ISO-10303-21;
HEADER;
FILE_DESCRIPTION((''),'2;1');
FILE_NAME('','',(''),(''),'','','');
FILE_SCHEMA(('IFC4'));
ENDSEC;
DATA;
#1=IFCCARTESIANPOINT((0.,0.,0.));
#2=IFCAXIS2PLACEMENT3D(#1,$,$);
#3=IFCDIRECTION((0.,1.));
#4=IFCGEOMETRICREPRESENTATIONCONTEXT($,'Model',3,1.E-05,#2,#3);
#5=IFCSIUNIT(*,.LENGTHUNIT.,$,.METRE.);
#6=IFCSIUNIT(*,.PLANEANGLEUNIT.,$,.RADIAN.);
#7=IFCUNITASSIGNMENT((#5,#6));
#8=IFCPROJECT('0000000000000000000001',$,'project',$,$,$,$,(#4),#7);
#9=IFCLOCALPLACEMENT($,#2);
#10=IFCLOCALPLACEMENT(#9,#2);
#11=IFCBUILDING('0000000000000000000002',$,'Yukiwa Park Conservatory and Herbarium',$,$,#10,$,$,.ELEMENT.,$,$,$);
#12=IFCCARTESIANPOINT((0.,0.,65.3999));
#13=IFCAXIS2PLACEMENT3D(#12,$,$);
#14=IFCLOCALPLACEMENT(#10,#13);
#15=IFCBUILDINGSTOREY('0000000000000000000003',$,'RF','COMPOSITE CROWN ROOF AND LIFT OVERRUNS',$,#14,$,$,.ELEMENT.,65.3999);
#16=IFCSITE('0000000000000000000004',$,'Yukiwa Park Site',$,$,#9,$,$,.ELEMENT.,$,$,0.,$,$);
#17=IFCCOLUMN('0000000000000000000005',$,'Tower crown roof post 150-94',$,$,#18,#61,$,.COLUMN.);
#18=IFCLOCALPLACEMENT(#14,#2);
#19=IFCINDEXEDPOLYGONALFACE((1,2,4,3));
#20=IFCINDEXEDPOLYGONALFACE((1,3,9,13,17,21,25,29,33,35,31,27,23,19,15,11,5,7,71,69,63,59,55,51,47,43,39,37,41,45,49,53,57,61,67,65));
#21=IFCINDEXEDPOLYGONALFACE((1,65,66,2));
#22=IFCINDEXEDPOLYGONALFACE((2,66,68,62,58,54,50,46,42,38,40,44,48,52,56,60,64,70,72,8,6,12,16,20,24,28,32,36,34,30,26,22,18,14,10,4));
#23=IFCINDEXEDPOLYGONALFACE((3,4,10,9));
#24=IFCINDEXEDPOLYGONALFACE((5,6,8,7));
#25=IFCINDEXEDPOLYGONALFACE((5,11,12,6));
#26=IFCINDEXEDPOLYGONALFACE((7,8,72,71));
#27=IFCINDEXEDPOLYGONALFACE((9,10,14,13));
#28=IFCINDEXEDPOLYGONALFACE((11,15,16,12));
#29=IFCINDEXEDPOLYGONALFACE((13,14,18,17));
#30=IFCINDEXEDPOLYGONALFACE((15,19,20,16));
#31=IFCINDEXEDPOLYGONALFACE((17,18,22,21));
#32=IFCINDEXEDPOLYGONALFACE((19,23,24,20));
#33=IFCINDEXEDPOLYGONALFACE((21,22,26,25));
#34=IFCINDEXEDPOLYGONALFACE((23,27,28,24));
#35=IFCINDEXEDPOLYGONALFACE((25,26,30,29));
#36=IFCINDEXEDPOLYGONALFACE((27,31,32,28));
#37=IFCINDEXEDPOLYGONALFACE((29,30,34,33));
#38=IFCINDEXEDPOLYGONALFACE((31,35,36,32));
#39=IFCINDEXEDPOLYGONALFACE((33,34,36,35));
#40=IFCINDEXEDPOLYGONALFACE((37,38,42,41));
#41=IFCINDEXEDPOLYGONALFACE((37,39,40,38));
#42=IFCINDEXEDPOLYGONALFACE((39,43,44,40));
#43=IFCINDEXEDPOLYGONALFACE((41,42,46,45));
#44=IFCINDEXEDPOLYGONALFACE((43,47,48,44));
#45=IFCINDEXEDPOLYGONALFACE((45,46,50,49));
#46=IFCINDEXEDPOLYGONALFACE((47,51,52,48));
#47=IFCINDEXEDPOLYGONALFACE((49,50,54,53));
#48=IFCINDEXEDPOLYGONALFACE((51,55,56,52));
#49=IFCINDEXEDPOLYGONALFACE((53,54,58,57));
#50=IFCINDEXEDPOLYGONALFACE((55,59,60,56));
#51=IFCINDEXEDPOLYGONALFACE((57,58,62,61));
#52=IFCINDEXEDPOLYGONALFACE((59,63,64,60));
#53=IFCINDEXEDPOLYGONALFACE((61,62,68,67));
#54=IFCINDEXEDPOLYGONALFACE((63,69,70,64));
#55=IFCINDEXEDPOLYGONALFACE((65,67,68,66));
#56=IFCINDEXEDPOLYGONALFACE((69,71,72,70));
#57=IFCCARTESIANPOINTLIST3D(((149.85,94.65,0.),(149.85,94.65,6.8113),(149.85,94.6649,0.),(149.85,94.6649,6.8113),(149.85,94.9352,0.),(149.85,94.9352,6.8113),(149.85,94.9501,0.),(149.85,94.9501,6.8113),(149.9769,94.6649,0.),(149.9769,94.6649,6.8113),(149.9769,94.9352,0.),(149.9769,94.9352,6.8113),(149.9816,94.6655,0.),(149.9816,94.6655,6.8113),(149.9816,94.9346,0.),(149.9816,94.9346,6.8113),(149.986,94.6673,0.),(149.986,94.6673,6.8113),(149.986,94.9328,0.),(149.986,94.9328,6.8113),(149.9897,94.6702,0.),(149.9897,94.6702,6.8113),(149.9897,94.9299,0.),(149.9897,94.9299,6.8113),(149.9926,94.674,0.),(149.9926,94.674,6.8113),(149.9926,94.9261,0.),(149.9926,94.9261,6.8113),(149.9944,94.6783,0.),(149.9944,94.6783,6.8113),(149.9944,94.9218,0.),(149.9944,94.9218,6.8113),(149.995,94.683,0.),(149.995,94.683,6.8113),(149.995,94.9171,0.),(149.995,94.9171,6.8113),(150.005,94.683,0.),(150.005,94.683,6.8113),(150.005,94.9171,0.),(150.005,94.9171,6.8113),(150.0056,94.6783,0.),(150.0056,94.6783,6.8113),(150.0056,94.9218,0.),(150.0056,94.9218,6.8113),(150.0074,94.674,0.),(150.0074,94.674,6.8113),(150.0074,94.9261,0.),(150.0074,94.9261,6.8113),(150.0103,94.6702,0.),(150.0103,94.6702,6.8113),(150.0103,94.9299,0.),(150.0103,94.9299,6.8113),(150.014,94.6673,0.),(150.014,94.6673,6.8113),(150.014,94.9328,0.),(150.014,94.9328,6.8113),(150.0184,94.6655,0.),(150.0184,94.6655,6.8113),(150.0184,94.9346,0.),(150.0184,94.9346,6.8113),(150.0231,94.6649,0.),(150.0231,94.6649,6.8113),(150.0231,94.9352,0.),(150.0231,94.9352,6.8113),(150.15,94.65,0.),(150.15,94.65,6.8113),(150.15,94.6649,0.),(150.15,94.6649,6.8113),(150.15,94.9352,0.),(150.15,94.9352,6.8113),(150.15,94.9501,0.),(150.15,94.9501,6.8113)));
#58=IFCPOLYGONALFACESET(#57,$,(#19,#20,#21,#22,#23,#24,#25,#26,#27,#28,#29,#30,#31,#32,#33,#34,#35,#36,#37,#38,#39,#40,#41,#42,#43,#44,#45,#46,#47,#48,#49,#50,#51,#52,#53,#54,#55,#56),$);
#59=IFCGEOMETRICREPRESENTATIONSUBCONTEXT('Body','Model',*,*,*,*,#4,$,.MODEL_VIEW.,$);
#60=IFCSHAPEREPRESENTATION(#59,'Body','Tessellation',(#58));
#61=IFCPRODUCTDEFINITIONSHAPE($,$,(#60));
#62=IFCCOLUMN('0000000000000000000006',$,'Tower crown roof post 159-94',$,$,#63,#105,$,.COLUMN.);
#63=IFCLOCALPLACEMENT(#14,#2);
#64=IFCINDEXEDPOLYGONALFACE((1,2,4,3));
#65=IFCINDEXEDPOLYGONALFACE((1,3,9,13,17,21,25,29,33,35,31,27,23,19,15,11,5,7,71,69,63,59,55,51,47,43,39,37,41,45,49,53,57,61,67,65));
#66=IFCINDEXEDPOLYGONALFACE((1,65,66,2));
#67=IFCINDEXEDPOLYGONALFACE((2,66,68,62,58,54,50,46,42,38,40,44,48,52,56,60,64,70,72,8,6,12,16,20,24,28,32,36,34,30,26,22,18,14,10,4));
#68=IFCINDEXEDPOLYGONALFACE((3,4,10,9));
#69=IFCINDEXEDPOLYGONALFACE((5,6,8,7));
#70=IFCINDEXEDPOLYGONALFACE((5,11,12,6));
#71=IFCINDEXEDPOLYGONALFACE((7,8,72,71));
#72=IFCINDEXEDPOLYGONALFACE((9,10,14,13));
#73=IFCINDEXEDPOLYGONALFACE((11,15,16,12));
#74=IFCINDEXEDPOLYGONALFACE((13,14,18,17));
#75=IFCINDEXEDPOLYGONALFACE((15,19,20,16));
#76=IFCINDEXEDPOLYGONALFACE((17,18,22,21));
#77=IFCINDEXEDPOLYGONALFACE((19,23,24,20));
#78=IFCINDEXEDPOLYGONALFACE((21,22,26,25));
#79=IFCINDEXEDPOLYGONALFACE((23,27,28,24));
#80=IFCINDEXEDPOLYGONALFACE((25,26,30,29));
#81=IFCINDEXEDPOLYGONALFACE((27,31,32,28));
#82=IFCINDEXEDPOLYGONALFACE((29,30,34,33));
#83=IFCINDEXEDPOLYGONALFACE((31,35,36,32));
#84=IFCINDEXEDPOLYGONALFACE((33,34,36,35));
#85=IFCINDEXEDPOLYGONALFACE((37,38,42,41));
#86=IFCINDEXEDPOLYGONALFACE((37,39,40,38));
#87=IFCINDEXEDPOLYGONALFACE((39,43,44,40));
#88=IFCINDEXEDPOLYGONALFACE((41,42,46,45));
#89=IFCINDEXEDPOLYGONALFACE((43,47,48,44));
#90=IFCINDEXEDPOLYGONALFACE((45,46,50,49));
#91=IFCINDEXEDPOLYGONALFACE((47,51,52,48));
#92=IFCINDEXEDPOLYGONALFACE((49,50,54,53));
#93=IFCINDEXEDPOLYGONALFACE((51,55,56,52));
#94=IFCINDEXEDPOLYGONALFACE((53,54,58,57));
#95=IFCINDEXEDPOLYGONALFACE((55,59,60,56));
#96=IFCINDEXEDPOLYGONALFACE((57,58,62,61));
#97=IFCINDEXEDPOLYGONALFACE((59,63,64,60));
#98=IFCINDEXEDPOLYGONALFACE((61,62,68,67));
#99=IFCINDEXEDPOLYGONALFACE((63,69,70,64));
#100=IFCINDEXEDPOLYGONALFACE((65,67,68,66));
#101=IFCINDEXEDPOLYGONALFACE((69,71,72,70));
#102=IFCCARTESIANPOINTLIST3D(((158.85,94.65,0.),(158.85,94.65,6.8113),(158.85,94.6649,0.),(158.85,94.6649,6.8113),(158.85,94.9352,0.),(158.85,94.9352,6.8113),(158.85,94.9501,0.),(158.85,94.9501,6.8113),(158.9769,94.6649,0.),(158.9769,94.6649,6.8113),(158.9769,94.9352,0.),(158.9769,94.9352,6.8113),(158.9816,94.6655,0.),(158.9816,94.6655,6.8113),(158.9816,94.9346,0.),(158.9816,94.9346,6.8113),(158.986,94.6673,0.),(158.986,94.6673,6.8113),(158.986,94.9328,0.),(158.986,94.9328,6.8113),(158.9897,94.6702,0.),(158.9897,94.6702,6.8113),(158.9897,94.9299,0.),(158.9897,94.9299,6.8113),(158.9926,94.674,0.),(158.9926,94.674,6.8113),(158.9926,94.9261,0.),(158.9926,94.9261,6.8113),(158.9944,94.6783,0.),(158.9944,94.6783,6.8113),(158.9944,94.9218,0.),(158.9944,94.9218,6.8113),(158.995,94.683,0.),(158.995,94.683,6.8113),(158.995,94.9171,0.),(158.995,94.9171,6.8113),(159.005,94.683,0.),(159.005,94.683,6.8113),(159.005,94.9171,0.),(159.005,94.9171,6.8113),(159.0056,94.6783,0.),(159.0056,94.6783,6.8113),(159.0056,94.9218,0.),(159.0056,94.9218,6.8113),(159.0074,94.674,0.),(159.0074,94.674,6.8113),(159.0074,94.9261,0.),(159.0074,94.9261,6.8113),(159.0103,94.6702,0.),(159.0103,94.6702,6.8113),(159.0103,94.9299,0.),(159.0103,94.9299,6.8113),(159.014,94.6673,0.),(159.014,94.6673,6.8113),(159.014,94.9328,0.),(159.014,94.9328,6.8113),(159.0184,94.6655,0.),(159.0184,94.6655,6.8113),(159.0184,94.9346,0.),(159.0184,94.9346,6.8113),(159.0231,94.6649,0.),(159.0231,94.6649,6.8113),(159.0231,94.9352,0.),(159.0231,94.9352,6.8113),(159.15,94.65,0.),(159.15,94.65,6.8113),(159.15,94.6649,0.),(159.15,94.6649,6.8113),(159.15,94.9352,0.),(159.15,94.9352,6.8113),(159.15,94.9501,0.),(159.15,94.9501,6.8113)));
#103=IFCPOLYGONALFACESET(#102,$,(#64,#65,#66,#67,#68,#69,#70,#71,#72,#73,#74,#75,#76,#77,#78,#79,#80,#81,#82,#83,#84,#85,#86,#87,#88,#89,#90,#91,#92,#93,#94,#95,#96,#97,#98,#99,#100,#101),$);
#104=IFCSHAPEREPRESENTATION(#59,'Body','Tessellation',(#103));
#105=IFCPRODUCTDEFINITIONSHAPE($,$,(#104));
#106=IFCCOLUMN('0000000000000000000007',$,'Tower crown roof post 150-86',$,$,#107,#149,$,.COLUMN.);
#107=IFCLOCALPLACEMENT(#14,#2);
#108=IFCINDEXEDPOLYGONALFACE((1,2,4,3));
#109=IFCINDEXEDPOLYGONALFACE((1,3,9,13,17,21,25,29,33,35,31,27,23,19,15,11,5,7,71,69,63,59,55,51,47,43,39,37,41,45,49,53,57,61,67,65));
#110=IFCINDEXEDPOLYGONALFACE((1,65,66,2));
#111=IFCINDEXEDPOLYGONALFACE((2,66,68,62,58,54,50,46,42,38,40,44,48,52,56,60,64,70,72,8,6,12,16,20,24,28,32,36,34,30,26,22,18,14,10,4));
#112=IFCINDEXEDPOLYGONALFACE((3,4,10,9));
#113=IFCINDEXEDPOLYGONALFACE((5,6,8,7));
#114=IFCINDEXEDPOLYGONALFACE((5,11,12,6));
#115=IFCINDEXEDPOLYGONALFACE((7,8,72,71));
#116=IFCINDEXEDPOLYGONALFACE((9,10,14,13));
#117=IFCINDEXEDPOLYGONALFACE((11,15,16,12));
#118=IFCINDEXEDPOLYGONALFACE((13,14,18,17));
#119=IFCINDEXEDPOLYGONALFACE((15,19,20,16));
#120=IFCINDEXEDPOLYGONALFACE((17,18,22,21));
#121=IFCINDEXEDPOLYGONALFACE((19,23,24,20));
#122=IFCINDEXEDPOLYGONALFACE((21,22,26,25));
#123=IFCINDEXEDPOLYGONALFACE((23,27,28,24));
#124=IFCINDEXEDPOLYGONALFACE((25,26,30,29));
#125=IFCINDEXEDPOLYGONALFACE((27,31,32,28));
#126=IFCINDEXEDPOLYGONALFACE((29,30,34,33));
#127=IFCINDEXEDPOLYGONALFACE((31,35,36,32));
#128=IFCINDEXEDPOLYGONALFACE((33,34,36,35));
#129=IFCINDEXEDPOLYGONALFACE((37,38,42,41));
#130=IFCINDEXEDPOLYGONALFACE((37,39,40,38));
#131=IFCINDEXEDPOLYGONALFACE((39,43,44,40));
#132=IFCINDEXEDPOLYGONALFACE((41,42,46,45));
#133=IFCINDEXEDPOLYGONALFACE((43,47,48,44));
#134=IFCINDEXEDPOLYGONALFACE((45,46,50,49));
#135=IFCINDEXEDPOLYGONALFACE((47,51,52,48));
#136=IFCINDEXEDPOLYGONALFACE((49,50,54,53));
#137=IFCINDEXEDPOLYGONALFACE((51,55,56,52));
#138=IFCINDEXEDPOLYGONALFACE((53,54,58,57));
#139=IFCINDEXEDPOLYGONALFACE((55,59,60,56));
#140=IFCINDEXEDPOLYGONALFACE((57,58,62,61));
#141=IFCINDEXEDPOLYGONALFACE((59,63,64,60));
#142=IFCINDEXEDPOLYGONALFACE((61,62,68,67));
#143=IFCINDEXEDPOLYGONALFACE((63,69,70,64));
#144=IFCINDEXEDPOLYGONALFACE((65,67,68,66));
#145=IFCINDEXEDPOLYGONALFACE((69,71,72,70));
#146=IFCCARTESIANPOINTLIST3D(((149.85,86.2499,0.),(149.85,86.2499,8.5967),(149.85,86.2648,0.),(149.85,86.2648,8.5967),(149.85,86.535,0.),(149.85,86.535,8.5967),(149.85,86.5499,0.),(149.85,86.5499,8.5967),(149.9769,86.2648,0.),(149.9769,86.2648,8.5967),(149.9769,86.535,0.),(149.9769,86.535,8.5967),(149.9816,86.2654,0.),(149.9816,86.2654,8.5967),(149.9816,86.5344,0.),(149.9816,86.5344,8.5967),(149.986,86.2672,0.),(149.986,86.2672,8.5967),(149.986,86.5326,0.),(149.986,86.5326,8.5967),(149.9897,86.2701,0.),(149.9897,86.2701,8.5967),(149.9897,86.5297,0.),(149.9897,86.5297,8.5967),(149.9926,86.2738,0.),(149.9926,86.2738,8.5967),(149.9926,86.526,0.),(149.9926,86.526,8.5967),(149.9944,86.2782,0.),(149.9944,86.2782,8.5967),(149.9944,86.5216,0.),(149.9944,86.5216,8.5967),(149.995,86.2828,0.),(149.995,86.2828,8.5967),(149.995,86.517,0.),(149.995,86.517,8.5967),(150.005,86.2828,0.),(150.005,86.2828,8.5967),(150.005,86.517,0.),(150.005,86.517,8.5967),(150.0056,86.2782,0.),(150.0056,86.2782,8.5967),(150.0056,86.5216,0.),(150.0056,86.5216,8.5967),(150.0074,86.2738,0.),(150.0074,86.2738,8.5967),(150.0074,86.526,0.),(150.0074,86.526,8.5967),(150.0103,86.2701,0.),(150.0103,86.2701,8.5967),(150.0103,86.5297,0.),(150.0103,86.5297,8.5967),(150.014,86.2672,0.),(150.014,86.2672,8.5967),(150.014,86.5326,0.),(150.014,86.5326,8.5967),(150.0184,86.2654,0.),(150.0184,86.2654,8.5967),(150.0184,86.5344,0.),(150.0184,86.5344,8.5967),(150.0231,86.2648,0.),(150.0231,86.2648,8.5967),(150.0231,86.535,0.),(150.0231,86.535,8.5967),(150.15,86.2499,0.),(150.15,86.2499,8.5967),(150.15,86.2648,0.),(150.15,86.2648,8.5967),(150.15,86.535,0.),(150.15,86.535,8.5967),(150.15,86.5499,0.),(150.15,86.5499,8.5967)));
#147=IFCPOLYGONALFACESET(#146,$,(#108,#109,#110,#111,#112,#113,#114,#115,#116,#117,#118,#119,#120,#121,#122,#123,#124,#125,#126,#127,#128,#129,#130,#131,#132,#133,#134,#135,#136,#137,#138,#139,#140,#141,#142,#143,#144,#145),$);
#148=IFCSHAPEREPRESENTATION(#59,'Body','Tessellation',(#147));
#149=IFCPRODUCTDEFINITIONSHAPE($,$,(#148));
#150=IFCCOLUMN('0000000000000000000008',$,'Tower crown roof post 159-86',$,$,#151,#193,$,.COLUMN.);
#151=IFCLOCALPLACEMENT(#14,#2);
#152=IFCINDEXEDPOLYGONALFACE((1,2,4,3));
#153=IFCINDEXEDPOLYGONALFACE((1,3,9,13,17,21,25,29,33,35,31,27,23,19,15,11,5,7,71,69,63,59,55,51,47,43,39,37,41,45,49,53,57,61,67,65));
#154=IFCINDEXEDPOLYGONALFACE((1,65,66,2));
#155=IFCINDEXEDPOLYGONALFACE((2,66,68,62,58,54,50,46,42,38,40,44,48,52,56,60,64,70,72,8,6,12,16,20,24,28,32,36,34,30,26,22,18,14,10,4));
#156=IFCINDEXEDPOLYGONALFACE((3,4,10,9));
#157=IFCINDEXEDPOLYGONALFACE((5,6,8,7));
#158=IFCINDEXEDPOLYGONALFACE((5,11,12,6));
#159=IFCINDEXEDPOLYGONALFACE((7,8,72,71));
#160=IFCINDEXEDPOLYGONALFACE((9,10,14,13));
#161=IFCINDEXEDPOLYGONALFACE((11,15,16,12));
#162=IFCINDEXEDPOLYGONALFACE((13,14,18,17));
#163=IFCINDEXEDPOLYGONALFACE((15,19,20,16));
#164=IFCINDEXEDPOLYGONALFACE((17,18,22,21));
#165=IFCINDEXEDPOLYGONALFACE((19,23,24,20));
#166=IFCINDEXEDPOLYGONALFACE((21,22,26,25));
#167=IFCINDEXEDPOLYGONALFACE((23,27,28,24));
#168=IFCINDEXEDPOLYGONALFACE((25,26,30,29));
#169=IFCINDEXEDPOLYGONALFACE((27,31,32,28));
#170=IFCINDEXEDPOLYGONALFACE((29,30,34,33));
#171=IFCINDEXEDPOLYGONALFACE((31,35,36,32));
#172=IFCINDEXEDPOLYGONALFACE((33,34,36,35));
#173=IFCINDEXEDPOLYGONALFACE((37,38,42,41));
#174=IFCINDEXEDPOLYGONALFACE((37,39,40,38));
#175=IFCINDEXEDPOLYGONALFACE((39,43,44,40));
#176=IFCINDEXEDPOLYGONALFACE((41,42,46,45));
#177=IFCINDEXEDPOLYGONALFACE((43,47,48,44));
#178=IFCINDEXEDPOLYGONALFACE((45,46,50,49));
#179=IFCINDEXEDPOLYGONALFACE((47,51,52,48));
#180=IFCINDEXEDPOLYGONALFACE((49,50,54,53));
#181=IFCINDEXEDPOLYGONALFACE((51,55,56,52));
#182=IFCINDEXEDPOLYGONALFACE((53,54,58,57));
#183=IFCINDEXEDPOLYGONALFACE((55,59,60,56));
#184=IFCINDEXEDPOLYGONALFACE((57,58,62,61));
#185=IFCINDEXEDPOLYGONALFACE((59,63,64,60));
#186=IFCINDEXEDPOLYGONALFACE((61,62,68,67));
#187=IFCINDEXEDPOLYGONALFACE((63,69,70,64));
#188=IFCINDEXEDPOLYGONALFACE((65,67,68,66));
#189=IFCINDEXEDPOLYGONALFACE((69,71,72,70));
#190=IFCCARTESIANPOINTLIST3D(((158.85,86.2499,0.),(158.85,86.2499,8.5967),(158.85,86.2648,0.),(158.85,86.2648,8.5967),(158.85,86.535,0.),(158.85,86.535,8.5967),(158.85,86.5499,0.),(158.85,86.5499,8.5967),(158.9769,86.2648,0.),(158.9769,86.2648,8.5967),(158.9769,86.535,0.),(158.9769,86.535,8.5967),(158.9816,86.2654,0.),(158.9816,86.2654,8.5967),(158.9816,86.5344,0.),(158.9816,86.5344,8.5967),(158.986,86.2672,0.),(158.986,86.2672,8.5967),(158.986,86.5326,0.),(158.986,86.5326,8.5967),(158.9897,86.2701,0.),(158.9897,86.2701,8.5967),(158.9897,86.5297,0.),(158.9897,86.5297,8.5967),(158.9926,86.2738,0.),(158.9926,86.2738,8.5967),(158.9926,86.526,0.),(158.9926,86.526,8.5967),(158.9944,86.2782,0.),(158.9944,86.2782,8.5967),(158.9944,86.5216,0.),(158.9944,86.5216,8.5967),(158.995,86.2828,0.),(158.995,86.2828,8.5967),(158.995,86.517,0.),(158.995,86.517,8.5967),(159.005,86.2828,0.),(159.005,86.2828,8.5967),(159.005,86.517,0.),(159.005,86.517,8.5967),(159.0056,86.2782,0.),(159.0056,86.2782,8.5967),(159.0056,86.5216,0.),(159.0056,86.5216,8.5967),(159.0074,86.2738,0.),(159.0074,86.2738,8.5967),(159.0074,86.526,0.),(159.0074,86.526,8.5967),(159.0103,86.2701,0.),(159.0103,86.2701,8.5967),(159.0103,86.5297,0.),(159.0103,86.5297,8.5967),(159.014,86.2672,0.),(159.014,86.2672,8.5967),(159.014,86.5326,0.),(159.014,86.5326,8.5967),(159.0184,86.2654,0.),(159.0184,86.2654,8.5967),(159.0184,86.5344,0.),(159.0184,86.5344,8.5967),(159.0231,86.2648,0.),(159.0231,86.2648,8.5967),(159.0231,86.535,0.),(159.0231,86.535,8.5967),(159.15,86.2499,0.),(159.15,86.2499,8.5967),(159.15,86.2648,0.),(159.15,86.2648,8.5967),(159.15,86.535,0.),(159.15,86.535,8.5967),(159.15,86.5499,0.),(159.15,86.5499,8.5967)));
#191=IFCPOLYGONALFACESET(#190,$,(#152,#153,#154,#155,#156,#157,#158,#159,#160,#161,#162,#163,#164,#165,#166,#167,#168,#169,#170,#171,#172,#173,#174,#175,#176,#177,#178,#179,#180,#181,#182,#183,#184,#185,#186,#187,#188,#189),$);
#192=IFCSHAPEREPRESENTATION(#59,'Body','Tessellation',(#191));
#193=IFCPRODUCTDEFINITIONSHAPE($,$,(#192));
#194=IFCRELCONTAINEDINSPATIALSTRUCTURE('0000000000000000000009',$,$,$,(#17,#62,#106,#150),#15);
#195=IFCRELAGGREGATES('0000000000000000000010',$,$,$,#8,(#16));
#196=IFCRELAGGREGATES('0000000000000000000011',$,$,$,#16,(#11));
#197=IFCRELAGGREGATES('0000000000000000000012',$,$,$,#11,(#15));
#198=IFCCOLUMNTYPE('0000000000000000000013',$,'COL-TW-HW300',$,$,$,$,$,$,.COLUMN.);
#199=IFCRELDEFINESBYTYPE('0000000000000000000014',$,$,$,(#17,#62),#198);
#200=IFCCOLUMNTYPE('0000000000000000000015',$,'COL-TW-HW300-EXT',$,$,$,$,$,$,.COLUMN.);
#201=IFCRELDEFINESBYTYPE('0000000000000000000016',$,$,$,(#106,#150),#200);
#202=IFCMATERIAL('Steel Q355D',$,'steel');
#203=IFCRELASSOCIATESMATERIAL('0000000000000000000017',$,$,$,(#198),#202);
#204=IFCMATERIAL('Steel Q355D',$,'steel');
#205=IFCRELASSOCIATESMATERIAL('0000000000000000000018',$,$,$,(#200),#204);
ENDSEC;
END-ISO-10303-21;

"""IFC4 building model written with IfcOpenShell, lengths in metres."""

from ifc_helpers import new_model, si_unit, direction, frame, origin, origin_2d, place, context, subcontext, project, spatial, i_section, extrude, material, material_profile, profile_set, type_object, element, save


model = new_model("IFC4")

# Units and contexts
model_context = context("Model", 3, precision=1e-05, world=origin(), true_north=direction((0.0, 1.0)))
body_context = subcontext(model_context, "Body", "Model", "MODEL_VIEW")
ifc_project = project(units=[si_unit("LENGTHUNIT", "METRE"), si_unit("PLANEANGLEUNIT", "RADIAN")], contexts=[model_context])

# Site, building, storey
site_placement = place(None, origin())
site = spatial("IfcSite", under=ifc_project, at=site_placement, Name="Yukiwa Park Site", CompositionType="ELEMENT", RefElevation=0.0)
building_placement = place(site_placement, origin())
building = spatial("IfcBuilding", under=site, at=building_placement, Name="Yukiwa Park Conservatory and Herbarium", CompositionType="ELEMENT")
storey_placement = place(building_placement, frame((0.0, 0.0, 65.3999)))
storey = spatial("IfcBuildingStorey", under=building, at=storey_placement, Name="RF", Description="COMPOSITE CROWN ROOF AND LIFT OVERRUNS", CompositionType="ELEMENT", Elevation=65.3999)

# Columns
ifc_material_1 = material(Name="Steel Q355D", Category="steel")
ifc_material_profile_1 = material_profile(ifc_material_1, i_section(OverallWidth=0.3, OverallDepth=0.3, WebThickness=0.01, FlangeThickness=0.0149, FilletRadius=0.0181, at=origin_2d()), Name="HW 300x300x10x15")
ifc_profile_set_1 = profile_set([ifc_material_profile_1], Name="Steel Q355D")
column_type_1 = type_object("IfcColumnType", Name="COL-TW-HW300", PredefinedType="COLUMN", material=ifc_profile_set_1)
for number, where, z_axis, x_axis, name in (
    (1, (150.0, 94.8, 0.0), (0.0, 0.0, 1.0), (1.0, 0.0, 0.0), "Tower crown roof post 150-94"),
    (2, (159.0, 94.8, 0.0), (0.0, 0.0, 1.0), (1.0, 0.0, 0.0), "Tower crown roof post 159-94"),
):
    element("IfcColumn", number, at=place(storey_placement, frame(where, z_axis=z_axis, x_axis=x_axis)), inside=storey, type_object=column_type_1, Name=name, PredefinedType="COLUMN", context=body_context, shape_type="SweptSolid", body=[
        extrude(i_section(OverallWidth=0.3, OverallDepth=0.3, WebThickness=0.01, FlangeThickness=0.0149, FilletRadius=0.0181, at=origin_2d()), origin(), (0.0, 0.0, 1.0), 6.8113),
    ])
ifc_material_2 = material(Name="Steel Q355D", Category="steel")
ifc_material_profile_2 = material_profile(ifc_material_2, i_section(OverallWidth=0.3, OverallDepth=0.3, WebThickness=0.01, FlangeThickness=0.0149, FilletRadius=0.0181, at=origin_2d()), Name="HW 300x300x10x15")
ifc_profile_set_2 = profile_set([ifc_material_profile_2], Name="Steel Q355D")
column_type_2 = type_object("IfcColumnType", Name="COL-TW-HW300-EXT", PredefinedType="COLUMN", material=ifc_profile_set_2)
for number, where, z_axis, x_axis, name in (
    (3, (150.0, 86.3999, 0.0), (0.0, 0.0, 1.0), (1.0, 0.0, 0.0), "Tower crown roof post 150-86"),
    (4, (159.0, 86.3999, 0.0), (0.0, 0.0, 1.0), (1.0, 0.0, 0.0), "Tower crown roof post 159-86"),
):
    element("IfcColumn", number, at=place(storey_placement, frame(where, z_axis=z_axis, x_axis=x_axis)), inside=storey, type_object=column_type_2, Name=name, PredefinedType="COLUMN", context=body_context, shape_type="SweptSolid", body=[
        extrude(i_section(OverallWidth=0.3, OverallDepth=0.3, WebThickness=0.01, FlangeThickness=0.0149, FilletRadius=0.0181, at=origin_2d()), origin(), (0.0, 0.0, 1.0), 8.5967),
    ])

save(model, "model.ifc")
